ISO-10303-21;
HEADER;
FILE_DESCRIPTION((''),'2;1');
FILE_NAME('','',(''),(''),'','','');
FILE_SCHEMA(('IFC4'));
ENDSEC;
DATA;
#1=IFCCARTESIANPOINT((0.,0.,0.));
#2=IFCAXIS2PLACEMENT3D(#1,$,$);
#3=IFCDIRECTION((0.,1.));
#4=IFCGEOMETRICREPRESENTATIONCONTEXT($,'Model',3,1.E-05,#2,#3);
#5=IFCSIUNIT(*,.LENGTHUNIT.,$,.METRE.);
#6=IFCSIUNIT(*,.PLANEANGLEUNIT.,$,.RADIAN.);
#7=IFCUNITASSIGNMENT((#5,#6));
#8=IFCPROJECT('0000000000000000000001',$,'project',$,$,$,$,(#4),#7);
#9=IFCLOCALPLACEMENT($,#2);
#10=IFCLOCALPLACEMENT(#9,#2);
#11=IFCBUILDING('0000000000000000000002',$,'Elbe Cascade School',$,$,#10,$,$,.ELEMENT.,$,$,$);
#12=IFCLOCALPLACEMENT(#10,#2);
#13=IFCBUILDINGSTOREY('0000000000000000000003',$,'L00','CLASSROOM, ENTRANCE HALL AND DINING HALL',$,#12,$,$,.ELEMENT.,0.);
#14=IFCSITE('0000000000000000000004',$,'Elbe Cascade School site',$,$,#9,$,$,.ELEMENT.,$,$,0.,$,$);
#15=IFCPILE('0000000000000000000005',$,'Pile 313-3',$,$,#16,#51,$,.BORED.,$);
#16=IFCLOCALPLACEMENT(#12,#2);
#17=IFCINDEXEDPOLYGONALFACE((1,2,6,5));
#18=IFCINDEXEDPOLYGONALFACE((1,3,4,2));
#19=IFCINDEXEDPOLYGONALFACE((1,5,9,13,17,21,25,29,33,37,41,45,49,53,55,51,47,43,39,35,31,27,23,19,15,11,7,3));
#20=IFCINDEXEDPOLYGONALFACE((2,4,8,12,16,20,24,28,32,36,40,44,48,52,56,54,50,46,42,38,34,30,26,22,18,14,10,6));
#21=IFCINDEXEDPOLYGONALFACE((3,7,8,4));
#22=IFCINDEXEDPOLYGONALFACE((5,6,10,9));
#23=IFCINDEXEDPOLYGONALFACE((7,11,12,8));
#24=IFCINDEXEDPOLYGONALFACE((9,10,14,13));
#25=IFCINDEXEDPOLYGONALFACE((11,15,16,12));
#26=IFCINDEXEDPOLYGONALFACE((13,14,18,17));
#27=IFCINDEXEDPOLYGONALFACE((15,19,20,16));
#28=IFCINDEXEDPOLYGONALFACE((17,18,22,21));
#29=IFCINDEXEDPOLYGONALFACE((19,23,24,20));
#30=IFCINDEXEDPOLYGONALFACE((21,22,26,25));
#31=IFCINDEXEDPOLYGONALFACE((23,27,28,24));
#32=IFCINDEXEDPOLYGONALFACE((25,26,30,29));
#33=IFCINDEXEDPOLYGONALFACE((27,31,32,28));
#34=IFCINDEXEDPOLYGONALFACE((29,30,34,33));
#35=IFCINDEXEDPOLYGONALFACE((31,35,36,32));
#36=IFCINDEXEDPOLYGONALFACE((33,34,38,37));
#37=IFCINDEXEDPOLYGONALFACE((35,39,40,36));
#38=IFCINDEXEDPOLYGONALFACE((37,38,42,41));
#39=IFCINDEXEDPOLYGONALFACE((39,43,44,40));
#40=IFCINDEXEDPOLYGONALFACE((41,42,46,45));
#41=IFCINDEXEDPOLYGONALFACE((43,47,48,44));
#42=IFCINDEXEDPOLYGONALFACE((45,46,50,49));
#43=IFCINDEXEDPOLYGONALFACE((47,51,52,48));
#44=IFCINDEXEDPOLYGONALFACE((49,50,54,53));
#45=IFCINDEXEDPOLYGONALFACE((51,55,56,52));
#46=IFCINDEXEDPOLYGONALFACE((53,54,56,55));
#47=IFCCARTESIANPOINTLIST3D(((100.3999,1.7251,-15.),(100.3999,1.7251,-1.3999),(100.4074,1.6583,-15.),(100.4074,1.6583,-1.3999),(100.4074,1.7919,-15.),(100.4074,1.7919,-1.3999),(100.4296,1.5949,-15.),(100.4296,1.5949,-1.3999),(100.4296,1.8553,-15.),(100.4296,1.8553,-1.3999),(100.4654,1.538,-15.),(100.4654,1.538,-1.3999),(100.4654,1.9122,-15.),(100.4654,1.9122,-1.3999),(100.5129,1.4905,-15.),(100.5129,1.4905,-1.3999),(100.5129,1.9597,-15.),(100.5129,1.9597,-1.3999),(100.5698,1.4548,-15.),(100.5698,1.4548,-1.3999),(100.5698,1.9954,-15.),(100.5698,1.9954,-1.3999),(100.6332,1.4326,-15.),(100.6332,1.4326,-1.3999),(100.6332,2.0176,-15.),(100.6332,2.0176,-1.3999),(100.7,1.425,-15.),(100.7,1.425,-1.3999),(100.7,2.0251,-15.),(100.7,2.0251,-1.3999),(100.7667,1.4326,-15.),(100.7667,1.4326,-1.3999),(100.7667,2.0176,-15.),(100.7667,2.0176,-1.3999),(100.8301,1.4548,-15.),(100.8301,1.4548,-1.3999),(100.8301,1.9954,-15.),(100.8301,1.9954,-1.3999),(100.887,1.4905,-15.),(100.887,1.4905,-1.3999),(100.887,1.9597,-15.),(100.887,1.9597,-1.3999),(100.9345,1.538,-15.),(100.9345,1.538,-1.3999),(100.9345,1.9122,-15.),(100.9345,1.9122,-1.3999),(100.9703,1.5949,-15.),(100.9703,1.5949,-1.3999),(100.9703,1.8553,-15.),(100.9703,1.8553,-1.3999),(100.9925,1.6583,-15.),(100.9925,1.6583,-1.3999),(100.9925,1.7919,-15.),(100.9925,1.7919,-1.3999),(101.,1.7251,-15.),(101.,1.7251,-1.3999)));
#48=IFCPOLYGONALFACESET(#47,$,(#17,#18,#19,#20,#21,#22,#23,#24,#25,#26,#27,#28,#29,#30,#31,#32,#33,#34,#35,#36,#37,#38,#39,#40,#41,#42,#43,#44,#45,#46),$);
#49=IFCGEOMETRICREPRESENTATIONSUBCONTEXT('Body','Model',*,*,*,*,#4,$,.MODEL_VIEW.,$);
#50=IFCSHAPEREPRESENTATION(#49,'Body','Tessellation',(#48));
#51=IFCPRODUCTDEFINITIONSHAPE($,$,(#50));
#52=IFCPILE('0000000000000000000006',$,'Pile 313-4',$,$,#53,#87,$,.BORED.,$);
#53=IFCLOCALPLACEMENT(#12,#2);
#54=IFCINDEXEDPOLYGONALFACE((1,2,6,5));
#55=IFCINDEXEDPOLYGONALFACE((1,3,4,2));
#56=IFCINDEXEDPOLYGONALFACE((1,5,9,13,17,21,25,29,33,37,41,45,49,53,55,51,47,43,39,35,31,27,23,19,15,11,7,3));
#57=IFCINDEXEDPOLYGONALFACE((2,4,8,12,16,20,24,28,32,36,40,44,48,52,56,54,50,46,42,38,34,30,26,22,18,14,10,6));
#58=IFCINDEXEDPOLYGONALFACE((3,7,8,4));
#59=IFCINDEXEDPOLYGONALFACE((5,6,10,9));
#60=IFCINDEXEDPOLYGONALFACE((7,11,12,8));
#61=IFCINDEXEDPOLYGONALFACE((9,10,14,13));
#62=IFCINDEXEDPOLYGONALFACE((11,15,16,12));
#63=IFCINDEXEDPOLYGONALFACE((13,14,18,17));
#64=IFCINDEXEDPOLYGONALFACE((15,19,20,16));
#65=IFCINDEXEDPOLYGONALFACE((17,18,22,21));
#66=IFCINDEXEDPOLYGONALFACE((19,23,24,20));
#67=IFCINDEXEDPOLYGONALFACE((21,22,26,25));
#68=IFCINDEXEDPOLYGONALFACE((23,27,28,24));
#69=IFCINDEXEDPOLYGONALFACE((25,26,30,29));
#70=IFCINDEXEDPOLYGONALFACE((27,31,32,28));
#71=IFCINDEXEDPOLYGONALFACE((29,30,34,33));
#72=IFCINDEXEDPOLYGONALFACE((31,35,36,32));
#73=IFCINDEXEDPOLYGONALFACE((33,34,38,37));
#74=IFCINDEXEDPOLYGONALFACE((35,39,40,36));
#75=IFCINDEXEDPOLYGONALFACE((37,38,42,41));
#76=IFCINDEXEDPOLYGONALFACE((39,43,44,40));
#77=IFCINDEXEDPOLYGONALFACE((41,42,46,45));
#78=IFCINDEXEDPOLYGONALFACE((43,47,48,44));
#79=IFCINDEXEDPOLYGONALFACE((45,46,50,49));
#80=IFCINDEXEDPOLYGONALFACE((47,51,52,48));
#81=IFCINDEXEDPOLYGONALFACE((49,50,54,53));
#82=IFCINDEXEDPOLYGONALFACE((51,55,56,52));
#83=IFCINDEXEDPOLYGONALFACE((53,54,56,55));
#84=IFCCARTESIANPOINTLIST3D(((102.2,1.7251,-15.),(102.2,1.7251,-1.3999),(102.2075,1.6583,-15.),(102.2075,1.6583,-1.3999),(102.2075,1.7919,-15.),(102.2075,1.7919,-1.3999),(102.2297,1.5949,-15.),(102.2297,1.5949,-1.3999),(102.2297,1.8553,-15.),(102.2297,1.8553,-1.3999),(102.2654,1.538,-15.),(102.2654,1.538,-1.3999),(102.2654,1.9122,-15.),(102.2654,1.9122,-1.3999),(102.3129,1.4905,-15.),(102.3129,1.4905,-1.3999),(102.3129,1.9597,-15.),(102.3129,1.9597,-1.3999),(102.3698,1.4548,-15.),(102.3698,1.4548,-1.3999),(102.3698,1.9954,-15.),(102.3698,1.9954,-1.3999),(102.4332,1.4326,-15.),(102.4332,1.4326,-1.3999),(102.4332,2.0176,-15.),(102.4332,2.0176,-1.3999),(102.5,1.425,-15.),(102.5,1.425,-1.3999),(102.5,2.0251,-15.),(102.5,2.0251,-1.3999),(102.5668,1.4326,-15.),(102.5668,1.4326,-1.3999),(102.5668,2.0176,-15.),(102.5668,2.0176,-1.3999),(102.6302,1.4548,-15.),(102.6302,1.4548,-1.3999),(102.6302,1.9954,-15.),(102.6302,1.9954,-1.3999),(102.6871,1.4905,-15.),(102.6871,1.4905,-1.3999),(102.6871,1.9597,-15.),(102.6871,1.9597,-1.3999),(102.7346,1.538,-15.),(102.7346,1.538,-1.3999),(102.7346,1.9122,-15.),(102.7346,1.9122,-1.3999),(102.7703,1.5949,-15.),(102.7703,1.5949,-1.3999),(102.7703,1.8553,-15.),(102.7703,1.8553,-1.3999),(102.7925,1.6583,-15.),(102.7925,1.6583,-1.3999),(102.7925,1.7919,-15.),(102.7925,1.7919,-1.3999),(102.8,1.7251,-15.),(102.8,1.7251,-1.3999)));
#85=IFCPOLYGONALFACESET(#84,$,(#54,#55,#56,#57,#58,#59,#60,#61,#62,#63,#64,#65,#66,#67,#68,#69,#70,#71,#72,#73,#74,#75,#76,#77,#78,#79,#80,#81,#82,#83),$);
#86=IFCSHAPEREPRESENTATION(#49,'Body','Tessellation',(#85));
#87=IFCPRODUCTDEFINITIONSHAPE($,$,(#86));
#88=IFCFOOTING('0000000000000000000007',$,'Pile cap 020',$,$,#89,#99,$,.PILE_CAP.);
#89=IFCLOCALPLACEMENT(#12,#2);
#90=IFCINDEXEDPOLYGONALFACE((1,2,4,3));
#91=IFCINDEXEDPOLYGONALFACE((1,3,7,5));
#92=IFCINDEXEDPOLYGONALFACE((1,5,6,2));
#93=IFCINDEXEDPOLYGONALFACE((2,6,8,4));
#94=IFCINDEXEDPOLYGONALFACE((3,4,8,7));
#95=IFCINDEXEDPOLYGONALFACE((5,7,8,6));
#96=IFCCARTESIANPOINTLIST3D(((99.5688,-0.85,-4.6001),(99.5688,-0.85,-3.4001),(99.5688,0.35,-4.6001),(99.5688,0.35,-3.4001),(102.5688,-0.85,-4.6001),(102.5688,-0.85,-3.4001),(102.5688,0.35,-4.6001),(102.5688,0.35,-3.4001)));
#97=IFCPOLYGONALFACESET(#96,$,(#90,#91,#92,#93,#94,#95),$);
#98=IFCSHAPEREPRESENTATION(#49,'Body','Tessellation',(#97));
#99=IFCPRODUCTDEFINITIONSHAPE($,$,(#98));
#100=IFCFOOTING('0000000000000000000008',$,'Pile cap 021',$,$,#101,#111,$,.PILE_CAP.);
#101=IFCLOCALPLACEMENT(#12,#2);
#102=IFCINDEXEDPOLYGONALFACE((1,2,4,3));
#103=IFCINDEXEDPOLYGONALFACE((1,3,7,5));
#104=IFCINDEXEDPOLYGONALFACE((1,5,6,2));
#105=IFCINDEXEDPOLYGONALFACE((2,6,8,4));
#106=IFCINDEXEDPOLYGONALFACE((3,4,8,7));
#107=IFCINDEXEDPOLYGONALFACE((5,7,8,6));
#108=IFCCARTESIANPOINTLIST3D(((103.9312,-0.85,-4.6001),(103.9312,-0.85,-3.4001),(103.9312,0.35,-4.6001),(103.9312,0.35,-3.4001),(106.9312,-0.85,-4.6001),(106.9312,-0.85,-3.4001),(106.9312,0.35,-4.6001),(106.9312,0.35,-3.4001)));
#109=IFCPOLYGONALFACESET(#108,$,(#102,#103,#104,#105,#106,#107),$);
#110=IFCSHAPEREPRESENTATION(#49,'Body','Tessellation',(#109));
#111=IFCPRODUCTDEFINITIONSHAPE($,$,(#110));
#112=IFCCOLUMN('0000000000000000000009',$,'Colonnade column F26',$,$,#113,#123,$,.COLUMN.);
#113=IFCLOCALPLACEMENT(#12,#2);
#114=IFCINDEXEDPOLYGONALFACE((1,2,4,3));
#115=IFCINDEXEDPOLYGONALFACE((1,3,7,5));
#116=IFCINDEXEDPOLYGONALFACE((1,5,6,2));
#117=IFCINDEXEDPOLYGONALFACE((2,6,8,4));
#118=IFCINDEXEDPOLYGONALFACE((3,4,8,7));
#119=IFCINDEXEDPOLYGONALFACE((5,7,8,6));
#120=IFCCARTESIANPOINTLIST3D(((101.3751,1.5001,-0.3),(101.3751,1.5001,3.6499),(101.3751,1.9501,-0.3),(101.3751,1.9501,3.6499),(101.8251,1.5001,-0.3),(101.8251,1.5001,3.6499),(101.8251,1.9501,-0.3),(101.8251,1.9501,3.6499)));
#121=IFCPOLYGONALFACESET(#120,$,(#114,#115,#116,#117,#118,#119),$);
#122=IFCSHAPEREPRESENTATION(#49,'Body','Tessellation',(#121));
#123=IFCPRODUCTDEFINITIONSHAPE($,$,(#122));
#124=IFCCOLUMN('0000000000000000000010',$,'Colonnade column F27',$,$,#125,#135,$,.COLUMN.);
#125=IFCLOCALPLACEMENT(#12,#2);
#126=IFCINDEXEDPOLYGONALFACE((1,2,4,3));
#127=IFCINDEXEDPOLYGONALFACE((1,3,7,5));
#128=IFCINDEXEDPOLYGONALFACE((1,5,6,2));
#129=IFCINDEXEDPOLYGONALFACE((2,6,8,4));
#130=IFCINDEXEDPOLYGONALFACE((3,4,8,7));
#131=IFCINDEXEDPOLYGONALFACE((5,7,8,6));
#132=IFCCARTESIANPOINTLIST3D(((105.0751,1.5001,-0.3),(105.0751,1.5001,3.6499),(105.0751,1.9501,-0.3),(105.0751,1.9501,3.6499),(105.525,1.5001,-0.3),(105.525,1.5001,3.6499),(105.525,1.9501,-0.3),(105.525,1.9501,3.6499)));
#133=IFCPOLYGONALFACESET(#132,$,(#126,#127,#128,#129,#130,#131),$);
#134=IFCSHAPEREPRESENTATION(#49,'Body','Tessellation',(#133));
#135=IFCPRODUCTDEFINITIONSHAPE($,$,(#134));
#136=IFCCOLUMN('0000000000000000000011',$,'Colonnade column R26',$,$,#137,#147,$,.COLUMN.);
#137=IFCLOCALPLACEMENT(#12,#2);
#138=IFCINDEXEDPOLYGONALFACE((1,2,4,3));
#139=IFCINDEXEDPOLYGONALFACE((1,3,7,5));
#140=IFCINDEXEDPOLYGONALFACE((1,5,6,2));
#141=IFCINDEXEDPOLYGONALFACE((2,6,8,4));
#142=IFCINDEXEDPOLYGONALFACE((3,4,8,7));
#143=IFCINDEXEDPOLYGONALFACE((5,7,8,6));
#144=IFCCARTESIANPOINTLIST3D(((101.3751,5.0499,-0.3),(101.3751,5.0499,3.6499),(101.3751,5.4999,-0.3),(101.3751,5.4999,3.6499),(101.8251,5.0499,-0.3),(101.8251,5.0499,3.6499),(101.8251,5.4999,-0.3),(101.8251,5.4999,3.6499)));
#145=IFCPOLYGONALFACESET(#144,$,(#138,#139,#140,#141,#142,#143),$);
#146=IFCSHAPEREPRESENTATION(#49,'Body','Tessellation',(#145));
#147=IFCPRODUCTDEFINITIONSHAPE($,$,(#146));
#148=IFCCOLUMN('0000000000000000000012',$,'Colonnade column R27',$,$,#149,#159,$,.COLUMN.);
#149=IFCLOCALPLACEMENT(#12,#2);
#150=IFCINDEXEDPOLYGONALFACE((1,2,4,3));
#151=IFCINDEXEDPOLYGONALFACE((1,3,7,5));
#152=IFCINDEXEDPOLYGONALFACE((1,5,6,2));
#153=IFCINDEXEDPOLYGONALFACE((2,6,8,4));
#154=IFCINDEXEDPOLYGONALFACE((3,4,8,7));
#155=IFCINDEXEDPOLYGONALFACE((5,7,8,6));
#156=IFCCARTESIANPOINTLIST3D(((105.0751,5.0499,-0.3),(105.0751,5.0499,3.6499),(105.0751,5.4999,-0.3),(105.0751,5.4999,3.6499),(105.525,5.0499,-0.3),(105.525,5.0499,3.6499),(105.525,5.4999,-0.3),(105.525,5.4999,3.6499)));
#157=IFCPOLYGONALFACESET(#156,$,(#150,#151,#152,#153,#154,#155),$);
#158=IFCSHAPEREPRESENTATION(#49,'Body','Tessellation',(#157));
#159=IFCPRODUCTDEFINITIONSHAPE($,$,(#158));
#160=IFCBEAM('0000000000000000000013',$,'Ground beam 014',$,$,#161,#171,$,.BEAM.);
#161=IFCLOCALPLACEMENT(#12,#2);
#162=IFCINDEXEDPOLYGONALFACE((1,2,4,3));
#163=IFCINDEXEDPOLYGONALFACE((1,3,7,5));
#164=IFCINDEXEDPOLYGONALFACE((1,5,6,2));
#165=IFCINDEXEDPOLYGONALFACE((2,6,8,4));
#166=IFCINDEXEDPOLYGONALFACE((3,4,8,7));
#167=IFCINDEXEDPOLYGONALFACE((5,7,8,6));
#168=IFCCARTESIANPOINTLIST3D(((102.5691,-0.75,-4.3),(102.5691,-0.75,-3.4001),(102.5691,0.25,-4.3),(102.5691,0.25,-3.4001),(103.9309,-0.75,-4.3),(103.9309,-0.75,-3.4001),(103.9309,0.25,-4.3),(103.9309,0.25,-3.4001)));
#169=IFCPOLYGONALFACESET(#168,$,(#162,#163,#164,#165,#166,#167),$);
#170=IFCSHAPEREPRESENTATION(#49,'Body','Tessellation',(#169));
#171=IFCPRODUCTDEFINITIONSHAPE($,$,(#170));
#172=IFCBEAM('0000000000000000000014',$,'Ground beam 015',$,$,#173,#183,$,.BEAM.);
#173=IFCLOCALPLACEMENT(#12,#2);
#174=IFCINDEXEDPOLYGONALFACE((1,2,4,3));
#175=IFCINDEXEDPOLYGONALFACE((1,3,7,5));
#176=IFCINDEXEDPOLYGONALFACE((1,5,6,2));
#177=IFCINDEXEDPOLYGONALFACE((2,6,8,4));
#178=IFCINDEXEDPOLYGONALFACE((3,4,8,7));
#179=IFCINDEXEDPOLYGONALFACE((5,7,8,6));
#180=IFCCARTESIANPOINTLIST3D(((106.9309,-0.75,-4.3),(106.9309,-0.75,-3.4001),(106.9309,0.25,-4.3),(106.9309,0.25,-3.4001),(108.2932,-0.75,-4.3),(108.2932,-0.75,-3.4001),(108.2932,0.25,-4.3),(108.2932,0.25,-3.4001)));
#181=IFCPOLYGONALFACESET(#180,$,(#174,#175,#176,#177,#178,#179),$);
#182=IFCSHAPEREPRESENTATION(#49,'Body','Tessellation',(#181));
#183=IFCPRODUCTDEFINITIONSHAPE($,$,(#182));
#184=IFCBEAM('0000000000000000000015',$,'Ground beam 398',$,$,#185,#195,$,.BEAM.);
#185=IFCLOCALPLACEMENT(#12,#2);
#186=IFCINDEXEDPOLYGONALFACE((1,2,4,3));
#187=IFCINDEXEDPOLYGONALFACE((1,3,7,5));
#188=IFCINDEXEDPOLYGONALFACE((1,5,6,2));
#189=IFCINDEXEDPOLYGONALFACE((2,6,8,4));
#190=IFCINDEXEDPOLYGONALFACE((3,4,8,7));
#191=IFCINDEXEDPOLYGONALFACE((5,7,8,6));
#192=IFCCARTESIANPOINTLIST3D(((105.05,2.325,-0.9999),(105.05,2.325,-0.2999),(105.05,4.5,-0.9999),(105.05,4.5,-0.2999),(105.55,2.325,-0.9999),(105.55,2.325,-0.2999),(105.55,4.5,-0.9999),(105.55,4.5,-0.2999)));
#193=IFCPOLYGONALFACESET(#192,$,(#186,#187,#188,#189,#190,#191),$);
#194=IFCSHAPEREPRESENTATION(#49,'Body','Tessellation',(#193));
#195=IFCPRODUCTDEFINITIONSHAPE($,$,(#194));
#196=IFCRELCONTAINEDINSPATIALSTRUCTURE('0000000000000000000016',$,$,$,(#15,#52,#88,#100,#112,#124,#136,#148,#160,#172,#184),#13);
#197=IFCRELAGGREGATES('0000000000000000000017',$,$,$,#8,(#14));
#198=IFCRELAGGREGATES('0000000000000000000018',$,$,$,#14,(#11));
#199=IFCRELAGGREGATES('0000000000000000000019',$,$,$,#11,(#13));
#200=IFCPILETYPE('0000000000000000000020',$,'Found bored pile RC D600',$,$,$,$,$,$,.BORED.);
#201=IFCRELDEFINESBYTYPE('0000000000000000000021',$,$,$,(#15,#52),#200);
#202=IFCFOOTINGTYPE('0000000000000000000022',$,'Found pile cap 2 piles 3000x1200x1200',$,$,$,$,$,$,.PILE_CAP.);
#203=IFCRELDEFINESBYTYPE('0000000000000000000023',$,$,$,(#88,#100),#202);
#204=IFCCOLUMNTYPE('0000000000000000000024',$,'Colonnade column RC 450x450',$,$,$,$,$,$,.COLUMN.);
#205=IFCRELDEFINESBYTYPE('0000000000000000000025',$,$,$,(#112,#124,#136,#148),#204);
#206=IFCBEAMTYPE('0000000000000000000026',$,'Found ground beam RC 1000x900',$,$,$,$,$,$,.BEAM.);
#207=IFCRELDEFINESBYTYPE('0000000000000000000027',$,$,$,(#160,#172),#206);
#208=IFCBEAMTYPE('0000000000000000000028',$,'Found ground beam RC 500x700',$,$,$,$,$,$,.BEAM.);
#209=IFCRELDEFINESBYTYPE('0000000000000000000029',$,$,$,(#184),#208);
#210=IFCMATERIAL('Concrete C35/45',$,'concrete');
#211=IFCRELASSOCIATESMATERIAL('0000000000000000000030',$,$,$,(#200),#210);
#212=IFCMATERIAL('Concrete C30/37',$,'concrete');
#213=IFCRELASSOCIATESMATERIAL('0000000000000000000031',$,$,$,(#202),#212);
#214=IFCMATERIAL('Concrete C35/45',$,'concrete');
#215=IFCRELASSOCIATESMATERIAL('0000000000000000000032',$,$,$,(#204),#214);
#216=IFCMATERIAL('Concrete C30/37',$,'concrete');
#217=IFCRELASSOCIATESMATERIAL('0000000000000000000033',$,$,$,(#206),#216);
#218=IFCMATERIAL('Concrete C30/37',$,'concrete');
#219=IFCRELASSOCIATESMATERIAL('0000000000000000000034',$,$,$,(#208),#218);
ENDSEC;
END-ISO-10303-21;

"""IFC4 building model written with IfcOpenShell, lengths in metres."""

from ifc_helpers import new_model, si_unit, direction, frame, origin, origin_2d, place, context, subcontext, project, spatial, rectangle, circle, extrude, material, material_profile, profile_set, type_object, element, save


model = new_model("IFC4")

# Units and contexts
model_context = context("Model", 3, precision=1e-05, world=origin(), true_north=direction((0.0, 1.0)))
body_context = subcontext(model_context, "Body", "Model", "MODEL_VIEW")
ifc_project = project(units=[si_unit("LENGTHUNIT", "METRE"), si_unit("PLANEANGLEUNIT", "RADIAN")], contexts=[model_context])

# Site, building, storey
site_placement = place(None, origin())
site = spatial("IfcSite", under=ifc_project, at=site_placement, Name="Elbe Cascade School site", CompositionType="ELEMENT", RefElevation=0.0)
building_placement = place(site_placement, origin())
building = spatial("IfcBuilding", under=site, at=building_placement, Name="Elbe Cascade School", CompositionType="ELEMENT")
storey_placement = place(building_placement, origin())
storey = spatial("IfcBuildingStorey", under=building, at=storey_placement, Name="L00", Description="CLASSROOM, ENTRANCE HALL AND DINING HALL", CompositionType="ELEMENT", Elevation=0.0)

# Piles
ifc_material_1 = material(Name="Concrete C35/45", Category="concrete")
ifc_material_profile_1 = material_profile(ifc_material_1, circle(Radius=0.3, at=origin_2d()), Name="RC D600")
ifc_profile_set_1 = profile_set([ifc_material_profile_1], Name="Concrete C35/45")
pile_type = type_object("IfcPileType", Name="Found bored pile RC D600", PredefinedType="BORED", material=ifc_profile_set_1)
for number, where, z_axis, x_axis, name in (
    (1, (100.7, 1.7251, -1.3999), (0.0, 0.0, -1.0), (1.0, 0.0, 0.0), "Pile 313-3"),
    (2, (102.5, 1.7251, -1.3999), (0.0, 0.0, -1.0), (1.0, 0.0, 0.0), "Pile 313-4"),
):
    element("IfcPile", number, at=place(storey_placement, frame(where, z_axis=z_axis, x_axis=x_axis)), inside=storey, type_object=pile_type, Name=name, PredefinedType="BORED", context=body_context, shape_type="SweptSolid", body=[
        extrude(circle(Radius=0.3, at=origin_2d()), origin(), (0.0, 0.0, 1.0), 13.6001),
    ])

# Footings
ifc_material_2 = material(Name="Concrete C30/37", Category="concrete")
footing_type = type_object("IfcFootingType", Name="Found pile cap 2 piles 3000x1200x1200", PredefinedType="PILE_CAP", material=ifc_material_2)
for number, where, z_axis, x_axis, name in (
    (3, (101.0688, -0.25, -4.6001), (0.0, 0.0, 1.0), (1.0, 0.0, 0.0), "Pile cap 020"),
    (4, (105.4312, -0.25, -4.6001), (0.0, 0.0, 1.0), (1.0, 0.0, 0.0), "Pile cap 021"),
):
    element("IfcFooting", number, at=place(storey_placement, frame(where, z_axis=z_axis, x_axis=x_axis)), inside=storey, type_object=footing_type, Name=name, PredefinedType="PILE_CAP", context=body_context, shape_type="SweptSolid", body=[
        extrude(rectangle(XDim=3.0, YDim=1.2, at=origin_2d()), origin(), (0.0, 0.0, 1.0), 1.2),
    ])

# Columns
ifc_material_3 = material(Name="Concrete C35/45", Category="concrete")
ifc_material_profile_2 = material_profile(ifc_material_3, rectangle(XDim=0.45, YDim=0.45, at=origin_2d()), Name="RC 450x450")
ifc_profile_set_2 = profile_set([ifc_material_profile_2], Name="Concrete C35/45")
column_type = type_object("IfcColumnType", Name="Colonnade column RC 450x450", PredefinedType="COLUMN", material=ifc_profile_set_2)
for number, where, z_axis, x_axis, name in (
    (5, (101.6001, 1.7251, -0.3), (0.0, 0.0, 1.0), (1.0, 0.0, 0.0), "Colonnade column F26"),
    (6, (105.3, 1.7251, -0.3), (0.0, 0.0, 1.0), (1.0, 0.0, 0.0), "Colonnade column F27"),
    (7, (101.6001, 5.2749, -0.3), (0.0, 0.0, 1.0), (1.0, 0.0, 0.0), "Colonnade column R26"),
    (8, (105.3, 5.2749, -0.3), (0.0, 0.0, 1.0), (1.0, 0.0, 0.0), "Colonnade column R27"),
):
    element("IfcColumn", number, at=place(storey_placement, frame(where, z_axis=z_axis, x_axis=x_axis)), inside=storey, type_object=column_type, Name=name, PredefinedType="COLUMN", context=body_context, shape_type="SweptSolid", body=[
        extrude(rectangle(XDim=0.45, YDim=0.45, at=origin_2d()), origin(), (0.0, 0.0, 1.0), 3.95),
    ])

# Beams
ifc_material_4 = material(Name="Concrete C30/37", Category="concrete")
ifc_material_profile_3 = material_profile(ifc_material_4, rectangle(XDim=1.0, YDim=0.8999, at=origin_2d()), Name="RC 1000x900")
ifc_profile_set_3 = profile_set([ifc_material_profile_3], Name="Concrete C30/37")
beam_type_1 = type_object("IfcBeamType", Name="Found ground beam RC 1000x900", PredefinedType="BEAM", material=ifc_profile_set_3)
beam_1_placement = place(storey_placement, frame((102.5691, -0.25, -3.8501), z_axis=(1.0, 0.0, 0.0), x_axis=(0.0, 1.0, 0.0)))
element("IfcBeam", 9, at=beam_1_placement, inside=storey, type_object=beam_type_1, Name="Ground beam 014", PredefinedType="BEAM", context=body_context, shape_type="SweptSolid", body=[
    extrude(rectangle(XDim=1.0, YDim=0.8999, at=origin_2d()), origin(), (0.0, 0.0, 1.0), 1.3618),
])
beam_2_placement = place(storey_placement, frame((106.9309, -0.25, -3.8501), z_axis=(1.0, 0.0, 0.0), x_axis=(0.0, 1.0, 0.0)))
element("IfcBeam", 10, at=beam_2_placement, inside=storey, type_object=beam_type_1, Name="Ground beam 015", PredefinedType="BEAM", context=body_context, shape_type="SweptSolid", body=[
    extrude(rectangle(XDim=1.0, YDim=0.8999, at=origin_2d()), origin(), (0.0, 0.0, 1.0), 1.3623),
])
ifc_material_5 = material(Name="Concrete C30/37", Category="concrete")
ifc_material_profile_4 = material_profile(ifc_material_5, rectangle(XDim=0.5, YDim=0.7, at=origin_2d()), Name="RC 500x700")
ifc_profile_set_4 = profile_set([ifc_material_profile_4], Name="Concrete C30/37")
beam_type_2 = type_object("IfcBeamType", Name="Found ground beam RC 500x700", PredefinedType="BEAM", material=ifc_profile_set_4)
beam_3_placement = place(storey_placement, frame((105.3, 2.325, -0.6499), z_axis=(0.0, 1.0, 0.0), x_axis=(-1.0, 0.0, 0.0)))
element("IfcBeam", 11, at=beam_3_placement, inside=storey, type_object=beam_type_2, Name="Ground beam 398", PredefinedType="BEAM", context=body_context, shape_type="SweptSolid", body=[
    extrude(rectangle(XDim=0.5, YDim=0.7, at=origin_2d()), origin(), (0.0, 0.0, 1.0), 2.175),
])

save(model, "model.ifc")
